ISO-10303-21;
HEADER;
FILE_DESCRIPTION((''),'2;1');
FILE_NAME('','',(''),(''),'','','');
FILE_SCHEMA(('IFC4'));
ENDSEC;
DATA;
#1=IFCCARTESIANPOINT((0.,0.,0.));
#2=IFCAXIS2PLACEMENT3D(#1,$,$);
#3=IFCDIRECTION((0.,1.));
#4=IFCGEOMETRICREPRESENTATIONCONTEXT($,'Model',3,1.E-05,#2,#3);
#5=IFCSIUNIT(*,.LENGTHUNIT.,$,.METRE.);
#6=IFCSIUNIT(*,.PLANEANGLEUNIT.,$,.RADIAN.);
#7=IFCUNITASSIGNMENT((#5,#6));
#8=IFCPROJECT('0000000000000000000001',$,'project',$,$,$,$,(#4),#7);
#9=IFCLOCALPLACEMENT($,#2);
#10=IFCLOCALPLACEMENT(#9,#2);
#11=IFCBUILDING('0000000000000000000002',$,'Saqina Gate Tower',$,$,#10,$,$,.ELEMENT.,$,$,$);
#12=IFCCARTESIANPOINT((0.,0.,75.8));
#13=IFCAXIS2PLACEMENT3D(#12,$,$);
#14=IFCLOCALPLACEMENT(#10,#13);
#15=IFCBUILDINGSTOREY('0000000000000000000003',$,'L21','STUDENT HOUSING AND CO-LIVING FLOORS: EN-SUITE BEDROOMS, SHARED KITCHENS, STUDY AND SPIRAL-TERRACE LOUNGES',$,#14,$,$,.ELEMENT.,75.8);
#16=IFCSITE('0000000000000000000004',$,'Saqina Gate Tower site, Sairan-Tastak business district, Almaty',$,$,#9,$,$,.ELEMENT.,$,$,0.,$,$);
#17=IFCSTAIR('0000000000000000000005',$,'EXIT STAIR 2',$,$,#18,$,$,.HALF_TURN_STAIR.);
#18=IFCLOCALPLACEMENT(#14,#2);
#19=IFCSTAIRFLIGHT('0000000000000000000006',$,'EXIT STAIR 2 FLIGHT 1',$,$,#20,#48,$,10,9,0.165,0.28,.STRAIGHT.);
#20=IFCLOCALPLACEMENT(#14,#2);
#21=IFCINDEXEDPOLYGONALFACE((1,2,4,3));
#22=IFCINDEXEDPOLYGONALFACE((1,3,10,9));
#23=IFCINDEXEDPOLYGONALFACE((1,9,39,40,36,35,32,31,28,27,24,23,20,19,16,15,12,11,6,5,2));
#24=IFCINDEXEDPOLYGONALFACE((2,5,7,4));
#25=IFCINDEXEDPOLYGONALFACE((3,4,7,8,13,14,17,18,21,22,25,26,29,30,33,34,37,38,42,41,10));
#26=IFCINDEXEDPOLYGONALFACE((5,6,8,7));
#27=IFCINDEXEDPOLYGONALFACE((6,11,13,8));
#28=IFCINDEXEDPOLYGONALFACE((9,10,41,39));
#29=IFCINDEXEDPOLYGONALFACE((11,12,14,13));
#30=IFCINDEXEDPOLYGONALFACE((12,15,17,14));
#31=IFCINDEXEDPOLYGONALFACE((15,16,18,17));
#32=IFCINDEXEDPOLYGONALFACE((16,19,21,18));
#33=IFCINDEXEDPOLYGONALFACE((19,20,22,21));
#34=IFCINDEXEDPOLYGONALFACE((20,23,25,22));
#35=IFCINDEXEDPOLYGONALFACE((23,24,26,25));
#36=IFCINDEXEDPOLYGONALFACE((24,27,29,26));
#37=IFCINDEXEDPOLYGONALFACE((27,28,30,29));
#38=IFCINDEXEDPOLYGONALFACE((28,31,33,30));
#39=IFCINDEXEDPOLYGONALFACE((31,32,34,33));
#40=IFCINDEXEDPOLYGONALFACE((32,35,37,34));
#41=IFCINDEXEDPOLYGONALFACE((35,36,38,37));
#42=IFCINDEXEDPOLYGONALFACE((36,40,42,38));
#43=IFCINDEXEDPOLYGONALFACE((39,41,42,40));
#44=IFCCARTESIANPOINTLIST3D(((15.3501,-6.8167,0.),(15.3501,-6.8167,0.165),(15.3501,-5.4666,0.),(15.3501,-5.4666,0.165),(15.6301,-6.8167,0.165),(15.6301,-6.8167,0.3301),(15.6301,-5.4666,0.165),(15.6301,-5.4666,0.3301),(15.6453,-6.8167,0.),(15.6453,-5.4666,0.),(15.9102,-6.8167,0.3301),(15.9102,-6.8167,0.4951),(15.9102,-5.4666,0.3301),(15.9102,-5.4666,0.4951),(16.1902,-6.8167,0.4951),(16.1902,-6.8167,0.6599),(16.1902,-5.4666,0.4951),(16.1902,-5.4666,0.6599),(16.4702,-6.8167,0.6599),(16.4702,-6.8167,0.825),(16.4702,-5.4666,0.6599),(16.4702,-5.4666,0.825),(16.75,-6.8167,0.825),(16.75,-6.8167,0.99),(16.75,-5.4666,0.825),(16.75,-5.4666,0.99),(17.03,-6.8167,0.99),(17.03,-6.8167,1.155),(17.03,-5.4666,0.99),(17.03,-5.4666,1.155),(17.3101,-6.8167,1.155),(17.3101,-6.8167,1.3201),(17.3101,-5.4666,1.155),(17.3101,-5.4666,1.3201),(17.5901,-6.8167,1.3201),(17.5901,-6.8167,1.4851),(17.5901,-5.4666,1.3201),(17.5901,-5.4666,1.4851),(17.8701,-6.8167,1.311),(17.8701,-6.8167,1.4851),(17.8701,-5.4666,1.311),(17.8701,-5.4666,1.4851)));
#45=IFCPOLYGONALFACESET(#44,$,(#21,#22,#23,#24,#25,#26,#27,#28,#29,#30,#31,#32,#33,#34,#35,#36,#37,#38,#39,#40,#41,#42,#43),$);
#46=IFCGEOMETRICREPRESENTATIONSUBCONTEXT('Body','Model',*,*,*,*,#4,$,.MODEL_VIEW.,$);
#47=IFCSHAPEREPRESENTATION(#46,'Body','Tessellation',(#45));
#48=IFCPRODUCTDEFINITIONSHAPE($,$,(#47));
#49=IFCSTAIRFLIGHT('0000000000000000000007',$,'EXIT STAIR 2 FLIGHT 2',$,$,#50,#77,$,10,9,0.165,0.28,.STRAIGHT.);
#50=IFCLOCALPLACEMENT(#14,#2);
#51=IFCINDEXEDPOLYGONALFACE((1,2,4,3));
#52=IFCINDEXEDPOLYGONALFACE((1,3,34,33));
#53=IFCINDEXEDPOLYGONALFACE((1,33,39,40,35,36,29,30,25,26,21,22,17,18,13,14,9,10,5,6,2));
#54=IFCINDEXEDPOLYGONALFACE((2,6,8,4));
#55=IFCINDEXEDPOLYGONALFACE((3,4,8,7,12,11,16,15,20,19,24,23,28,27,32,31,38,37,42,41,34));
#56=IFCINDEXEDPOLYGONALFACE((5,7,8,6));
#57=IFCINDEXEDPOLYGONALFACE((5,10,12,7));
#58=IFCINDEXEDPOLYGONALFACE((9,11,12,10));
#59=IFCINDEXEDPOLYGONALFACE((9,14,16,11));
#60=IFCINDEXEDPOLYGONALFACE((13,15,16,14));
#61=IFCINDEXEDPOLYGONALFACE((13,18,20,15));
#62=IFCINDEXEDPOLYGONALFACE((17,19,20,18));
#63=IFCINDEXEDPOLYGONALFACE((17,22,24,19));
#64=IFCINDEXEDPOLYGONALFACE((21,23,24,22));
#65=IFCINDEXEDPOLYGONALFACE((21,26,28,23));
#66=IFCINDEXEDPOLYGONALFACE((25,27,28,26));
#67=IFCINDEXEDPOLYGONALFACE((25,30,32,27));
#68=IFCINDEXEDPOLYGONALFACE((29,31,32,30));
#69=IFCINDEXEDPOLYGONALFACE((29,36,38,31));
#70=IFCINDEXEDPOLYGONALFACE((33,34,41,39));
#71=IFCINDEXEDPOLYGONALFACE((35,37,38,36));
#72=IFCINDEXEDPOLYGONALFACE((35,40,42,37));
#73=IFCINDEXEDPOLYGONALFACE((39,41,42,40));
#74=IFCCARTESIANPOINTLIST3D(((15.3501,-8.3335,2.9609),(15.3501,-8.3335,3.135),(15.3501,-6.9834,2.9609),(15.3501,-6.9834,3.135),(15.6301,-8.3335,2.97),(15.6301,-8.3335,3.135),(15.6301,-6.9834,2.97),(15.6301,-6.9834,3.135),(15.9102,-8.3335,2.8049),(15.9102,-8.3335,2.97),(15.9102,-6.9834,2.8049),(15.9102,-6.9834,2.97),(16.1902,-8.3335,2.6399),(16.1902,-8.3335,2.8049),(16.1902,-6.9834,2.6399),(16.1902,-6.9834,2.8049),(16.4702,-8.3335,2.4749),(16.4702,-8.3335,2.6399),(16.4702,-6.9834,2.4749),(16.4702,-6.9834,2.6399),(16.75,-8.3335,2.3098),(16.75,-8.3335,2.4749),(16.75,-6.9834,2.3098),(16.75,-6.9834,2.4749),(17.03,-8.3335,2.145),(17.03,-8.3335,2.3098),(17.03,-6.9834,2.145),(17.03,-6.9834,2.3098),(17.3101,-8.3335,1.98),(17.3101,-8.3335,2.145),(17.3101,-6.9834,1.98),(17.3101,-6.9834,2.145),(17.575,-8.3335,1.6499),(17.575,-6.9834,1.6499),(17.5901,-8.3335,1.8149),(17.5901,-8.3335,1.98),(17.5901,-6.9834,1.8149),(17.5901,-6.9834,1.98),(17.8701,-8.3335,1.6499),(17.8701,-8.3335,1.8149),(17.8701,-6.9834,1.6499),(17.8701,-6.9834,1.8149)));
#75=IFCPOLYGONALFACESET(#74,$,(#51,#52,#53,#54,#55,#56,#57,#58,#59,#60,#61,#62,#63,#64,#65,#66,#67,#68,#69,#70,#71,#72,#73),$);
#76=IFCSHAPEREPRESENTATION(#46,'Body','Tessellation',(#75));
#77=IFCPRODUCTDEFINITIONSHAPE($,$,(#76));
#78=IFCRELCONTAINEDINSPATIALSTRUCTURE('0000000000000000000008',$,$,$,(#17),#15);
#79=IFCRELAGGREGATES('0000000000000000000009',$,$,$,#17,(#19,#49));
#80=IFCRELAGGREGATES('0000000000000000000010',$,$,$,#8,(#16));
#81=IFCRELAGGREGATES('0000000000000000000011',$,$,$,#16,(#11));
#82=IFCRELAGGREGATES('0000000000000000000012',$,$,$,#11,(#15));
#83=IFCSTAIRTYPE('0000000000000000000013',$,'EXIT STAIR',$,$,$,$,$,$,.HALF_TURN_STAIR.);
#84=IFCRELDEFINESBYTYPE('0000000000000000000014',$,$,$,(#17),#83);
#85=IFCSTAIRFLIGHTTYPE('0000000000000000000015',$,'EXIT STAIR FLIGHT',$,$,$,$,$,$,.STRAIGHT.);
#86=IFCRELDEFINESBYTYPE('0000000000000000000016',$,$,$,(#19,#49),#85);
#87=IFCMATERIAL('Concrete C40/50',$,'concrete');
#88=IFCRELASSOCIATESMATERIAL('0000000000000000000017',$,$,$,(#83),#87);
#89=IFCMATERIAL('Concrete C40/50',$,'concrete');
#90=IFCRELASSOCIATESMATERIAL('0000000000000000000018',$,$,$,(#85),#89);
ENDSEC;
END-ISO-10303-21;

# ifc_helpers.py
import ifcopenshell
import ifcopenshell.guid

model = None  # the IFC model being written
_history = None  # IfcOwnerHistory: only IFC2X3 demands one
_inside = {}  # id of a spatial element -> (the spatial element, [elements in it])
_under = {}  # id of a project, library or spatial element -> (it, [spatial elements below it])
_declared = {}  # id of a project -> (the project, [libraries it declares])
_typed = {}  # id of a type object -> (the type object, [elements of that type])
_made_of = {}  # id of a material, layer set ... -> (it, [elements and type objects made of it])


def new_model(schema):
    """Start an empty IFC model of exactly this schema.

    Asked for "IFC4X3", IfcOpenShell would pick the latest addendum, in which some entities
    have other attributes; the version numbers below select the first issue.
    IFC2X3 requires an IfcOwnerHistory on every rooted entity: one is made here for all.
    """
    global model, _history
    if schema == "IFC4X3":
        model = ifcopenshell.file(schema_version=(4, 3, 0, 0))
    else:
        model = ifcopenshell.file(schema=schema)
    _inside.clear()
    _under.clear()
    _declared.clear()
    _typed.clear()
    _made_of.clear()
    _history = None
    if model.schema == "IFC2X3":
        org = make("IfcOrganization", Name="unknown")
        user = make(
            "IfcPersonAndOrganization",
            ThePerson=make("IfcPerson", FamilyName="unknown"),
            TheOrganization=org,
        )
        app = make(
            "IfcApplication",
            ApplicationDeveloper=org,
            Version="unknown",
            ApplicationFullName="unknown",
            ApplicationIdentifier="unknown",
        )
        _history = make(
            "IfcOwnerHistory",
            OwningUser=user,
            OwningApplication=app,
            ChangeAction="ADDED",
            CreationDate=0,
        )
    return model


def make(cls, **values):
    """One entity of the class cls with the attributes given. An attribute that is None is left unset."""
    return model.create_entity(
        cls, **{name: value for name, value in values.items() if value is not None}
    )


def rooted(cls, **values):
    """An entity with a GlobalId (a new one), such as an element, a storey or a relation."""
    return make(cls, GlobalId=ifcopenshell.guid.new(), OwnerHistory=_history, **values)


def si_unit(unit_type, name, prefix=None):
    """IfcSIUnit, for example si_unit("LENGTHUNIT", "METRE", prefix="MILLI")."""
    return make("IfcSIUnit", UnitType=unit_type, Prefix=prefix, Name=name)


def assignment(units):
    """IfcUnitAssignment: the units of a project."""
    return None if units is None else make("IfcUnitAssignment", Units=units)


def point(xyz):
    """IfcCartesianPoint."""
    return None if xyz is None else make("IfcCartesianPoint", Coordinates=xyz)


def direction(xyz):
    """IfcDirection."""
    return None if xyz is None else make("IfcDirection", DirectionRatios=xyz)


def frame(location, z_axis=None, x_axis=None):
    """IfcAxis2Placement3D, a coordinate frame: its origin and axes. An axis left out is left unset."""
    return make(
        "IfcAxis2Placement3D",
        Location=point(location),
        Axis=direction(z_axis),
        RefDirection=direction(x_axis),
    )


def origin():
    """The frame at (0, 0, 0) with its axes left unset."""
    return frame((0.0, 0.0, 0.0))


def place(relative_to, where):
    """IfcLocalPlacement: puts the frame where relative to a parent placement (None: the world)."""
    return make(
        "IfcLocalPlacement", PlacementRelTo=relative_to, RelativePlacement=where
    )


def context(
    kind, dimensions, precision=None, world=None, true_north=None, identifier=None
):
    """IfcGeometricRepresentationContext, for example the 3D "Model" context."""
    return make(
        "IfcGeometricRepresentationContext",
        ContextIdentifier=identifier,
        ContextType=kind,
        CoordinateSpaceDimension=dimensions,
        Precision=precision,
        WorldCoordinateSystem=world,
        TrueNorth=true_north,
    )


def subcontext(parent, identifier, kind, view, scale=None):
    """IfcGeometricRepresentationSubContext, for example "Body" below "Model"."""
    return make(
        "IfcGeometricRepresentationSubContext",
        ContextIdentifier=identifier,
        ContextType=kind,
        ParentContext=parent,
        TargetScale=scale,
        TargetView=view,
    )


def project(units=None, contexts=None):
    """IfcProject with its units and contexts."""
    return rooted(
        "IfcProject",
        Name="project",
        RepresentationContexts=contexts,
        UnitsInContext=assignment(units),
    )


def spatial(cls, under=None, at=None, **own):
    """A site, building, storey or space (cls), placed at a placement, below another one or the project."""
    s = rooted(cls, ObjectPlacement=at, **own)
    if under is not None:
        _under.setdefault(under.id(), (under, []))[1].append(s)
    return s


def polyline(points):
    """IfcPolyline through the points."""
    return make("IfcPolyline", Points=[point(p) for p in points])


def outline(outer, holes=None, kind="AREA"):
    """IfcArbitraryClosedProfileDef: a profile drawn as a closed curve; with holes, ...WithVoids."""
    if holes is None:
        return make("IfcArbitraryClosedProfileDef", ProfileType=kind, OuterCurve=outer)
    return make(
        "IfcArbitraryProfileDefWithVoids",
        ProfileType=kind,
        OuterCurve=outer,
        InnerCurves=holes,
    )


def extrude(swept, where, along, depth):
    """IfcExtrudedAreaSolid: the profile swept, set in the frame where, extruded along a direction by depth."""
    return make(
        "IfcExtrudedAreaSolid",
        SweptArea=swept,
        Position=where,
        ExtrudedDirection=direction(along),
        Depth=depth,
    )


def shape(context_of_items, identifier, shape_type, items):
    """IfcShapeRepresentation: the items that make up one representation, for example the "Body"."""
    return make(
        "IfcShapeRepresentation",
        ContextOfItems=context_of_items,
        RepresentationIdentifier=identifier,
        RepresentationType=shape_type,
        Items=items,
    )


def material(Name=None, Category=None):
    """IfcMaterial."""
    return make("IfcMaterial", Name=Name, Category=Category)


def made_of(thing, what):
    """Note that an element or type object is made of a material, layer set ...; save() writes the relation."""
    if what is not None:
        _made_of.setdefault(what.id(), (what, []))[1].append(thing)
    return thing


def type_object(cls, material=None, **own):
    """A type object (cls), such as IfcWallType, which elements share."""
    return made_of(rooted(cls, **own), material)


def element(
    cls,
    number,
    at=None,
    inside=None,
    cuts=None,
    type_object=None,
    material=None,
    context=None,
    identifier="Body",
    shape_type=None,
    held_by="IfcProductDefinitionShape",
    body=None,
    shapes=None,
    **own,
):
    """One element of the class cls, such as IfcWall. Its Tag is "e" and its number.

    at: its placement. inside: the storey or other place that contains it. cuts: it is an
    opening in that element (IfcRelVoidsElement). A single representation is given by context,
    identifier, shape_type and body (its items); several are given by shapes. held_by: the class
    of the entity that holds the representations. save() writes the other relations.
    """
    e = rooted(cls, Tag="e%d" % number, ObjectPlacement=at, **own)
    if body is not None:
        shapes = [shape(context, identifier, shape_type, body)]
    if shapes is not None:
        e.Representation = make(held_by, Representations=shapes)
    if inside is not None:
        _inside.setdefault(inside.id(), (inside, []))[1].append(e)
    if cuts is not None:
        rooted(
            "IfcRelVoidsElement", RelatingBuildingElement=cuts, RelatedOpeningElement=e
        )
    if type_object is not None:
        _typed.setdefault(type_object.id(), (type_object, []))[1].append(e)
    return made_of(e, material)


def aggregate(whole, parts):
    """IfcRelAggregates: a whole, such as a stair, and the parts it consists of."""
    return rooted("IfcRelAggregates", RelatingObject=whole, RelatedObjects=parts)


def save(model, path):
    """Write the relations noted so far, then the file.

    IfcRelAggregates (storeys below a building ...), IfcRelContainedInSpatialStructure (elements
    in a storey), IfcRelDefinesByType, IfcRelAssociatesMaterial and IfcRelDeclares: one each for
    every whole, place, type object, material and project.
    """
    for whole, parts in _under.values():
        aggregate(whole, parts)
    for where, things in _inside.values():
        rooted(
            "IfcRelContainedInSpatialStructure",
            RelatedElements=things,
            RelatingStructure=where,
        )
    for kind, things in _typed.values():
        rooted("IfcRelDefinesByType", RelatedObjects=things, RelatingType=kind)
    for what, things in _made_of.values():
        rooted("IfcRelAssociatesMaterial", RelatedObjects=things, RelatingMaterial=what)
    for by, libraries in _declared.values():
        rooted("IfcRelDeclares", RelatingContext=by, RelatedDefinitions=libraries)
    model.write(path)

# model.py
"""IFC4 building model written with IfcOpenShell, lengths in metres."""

from ifc_helpers import new_model, si_unit, direction, frame, origin, place, context, subcontext, project, spatial, polyline, outline, extrude, material, type_object, element, aggregate, save


model = new_model("IFC4")

# Units and contexts
model_context = context("Model", 3, precision=1e-05, world=origin(), true_north=direction((0.0, 1.0)))
body_context = subcontext(model_context, "Body", "Model", "MODEL_VIEW")
ifc_project = project(units=[si_unit("LENGTHUNIT", "METRE"), si_unit("PLANEANGLEUNIT", "RADIAN")], contexts=[model_context])

# Site, building, storey
site_placement = place(None, origin())
site = spatial("IfcSite", under=ifc_project, at=site_placement, Name="Saqina Gate Tower site, Sairan-Tastak business district, Almaty", CompositionType="ELEMENT", RefElevation=0.0)
building_placement = place(site_placement, origin())
building = spatial("IfcBuilding", under=site, at=building_placement, Name="Saqina Gate Tower", CompositionType="ELEMENT")
storey_placement = place(building_placement, frame((0.0, 0.0, 75.8)))
storey = spatial("IfcBuildingStorey", under=building, at=storey_placement, Name="L21", Description="STUDENT HOUSING AND CO-LIVING FLOORS: EN-SUITE BEDROOMS, SHARED KITCHENS, STUDY AND SPIRAL-TERRACE LOUNGES", CompositionType="ELEMENT", Elevation=75.8)

# Stair, stair flights
ifc_material_1 = material(Name="Concrete C40/50", Category="concrete")
stair_type = type_object("IfcStairType", Name="EXIT STAIR", PredefinedType="HALF_TURN_STAIR", material=ifc_material_1)
stair_placement = place(storey_placement, origin())
stair = element("IfcStair", 1, at=stair_placement, inside=storey, type_object=stair_type, Name="EXIT STAIR 2", PredefinedType="HALF_TURN_STAIR")
ifc_material_2 = material(Name="Concrete C40/50", Category="concrete")
stair_flight_type = type_object("IfcStairFlightType", Name="EXIT STAIR FLIGHT", PredefinedType="STRAIGHT", material=ifc_material_2)
stair_flight_1_placement = place(storey_placement, frame((15.3501, -6.1416, 0.0), z_axis=(0.0, 0.0, 1.0), x_axis=(1.0, 0.0, 0.0)))
stair_flight_1 = element("IfcStairFlight", 2, at=stair_flight_1_placement, type_object=stair_flight_type, Name="EXIT STAIR 2 FLIGHT 1", NumberOfRisers=10, NumberOfTreads=9, PredefinedType="STRAIGHT", RiserHeight=0.165, TreadLength=0.28, context=body_context, shape_type="SweptSolid", body=[
    extrude(outline(polyline([(0.0, 0.0), (0.0, 0.165), (0.28, 0.165), (0.28, 0.3301), (0.5601, 0.3301), (0.5601, 0.4951), (0.8401, 0.4951), (0.8401, 0.6599), (1.1201, 0.6599), (1.1201, 0.825), (1.3999, 0.825), (1.3999, 0.99), (1.6799, 0.99), (1.6799, 1.155), (1.96, 1.155), (1.96, 1.3201), (2.24, 1.3201), (2.24, 1.4851), (2.52, 1.4851), (2.52, 1.6499), (2.52, 1.311), (0.2952, 0.0), (0.0, 0.0)])), frame((0.0, 0.675, 0.0), z_axis=(0.0, -1.0, 0.0), x_axis=(1.0, 0.0, 0.0)), (0.0, 0.0, 1.0), 1.3501),
])
stair_flight_2_placement = place(storey_placement, frame((17.8701, -7.6584, 1.6499), z_axis=(0.0, 0.0, 1.0), x_axis=(-1.0, 0.0, 0.0)))
stair_flight_2 = element("IfcStairFlight", 3, at=stair_flight_2_placement, type_object=stair_flight_type, Name="EXIT STAIR 2 FLIGHT 2", NumberOfRisers=10, NumberOfTreads=9, PredefinedType="STRAIGHT", RiserHeight=0.165, TreadLength=0.28, context=body_context, shape_type="SweptSolid", body=[
    extrude(outline(polyline([(0.0, 0.0), (0.0, 0.165), (0.28, 0.165), (0.28, 0.3301), (0.5601, 0.3301), (0.5601, 0.4951), (0.8401, 0.4951), (0.8401, 0.6599), (1.1201, 0.6599), (1.1201, 0.825), (1.3999, 0.825), (1.3999, 0.99), (1.6799, 0.99), (1.6799, 1.155), (1.96, 1.155), (1.96, 1.3201), (2.24, 1.3201), (2.24, 1.4851), (2.52, 1.4851), (2.52, 1.6499), (2.52, 1.311), (0.2952, 0.0), (0.0, 0.0)])), frame((0.0, 0.675, 0.0), z_axis=(0.0, -1.0, 0.0), x_axis=(1.0, 0.0, 0.0)), (0.0, 0.0, 1.0), 1.3501),
])
aggregate(stair, [stair_flight_1, stair_flight_2])

save(model, "model.ifc")
